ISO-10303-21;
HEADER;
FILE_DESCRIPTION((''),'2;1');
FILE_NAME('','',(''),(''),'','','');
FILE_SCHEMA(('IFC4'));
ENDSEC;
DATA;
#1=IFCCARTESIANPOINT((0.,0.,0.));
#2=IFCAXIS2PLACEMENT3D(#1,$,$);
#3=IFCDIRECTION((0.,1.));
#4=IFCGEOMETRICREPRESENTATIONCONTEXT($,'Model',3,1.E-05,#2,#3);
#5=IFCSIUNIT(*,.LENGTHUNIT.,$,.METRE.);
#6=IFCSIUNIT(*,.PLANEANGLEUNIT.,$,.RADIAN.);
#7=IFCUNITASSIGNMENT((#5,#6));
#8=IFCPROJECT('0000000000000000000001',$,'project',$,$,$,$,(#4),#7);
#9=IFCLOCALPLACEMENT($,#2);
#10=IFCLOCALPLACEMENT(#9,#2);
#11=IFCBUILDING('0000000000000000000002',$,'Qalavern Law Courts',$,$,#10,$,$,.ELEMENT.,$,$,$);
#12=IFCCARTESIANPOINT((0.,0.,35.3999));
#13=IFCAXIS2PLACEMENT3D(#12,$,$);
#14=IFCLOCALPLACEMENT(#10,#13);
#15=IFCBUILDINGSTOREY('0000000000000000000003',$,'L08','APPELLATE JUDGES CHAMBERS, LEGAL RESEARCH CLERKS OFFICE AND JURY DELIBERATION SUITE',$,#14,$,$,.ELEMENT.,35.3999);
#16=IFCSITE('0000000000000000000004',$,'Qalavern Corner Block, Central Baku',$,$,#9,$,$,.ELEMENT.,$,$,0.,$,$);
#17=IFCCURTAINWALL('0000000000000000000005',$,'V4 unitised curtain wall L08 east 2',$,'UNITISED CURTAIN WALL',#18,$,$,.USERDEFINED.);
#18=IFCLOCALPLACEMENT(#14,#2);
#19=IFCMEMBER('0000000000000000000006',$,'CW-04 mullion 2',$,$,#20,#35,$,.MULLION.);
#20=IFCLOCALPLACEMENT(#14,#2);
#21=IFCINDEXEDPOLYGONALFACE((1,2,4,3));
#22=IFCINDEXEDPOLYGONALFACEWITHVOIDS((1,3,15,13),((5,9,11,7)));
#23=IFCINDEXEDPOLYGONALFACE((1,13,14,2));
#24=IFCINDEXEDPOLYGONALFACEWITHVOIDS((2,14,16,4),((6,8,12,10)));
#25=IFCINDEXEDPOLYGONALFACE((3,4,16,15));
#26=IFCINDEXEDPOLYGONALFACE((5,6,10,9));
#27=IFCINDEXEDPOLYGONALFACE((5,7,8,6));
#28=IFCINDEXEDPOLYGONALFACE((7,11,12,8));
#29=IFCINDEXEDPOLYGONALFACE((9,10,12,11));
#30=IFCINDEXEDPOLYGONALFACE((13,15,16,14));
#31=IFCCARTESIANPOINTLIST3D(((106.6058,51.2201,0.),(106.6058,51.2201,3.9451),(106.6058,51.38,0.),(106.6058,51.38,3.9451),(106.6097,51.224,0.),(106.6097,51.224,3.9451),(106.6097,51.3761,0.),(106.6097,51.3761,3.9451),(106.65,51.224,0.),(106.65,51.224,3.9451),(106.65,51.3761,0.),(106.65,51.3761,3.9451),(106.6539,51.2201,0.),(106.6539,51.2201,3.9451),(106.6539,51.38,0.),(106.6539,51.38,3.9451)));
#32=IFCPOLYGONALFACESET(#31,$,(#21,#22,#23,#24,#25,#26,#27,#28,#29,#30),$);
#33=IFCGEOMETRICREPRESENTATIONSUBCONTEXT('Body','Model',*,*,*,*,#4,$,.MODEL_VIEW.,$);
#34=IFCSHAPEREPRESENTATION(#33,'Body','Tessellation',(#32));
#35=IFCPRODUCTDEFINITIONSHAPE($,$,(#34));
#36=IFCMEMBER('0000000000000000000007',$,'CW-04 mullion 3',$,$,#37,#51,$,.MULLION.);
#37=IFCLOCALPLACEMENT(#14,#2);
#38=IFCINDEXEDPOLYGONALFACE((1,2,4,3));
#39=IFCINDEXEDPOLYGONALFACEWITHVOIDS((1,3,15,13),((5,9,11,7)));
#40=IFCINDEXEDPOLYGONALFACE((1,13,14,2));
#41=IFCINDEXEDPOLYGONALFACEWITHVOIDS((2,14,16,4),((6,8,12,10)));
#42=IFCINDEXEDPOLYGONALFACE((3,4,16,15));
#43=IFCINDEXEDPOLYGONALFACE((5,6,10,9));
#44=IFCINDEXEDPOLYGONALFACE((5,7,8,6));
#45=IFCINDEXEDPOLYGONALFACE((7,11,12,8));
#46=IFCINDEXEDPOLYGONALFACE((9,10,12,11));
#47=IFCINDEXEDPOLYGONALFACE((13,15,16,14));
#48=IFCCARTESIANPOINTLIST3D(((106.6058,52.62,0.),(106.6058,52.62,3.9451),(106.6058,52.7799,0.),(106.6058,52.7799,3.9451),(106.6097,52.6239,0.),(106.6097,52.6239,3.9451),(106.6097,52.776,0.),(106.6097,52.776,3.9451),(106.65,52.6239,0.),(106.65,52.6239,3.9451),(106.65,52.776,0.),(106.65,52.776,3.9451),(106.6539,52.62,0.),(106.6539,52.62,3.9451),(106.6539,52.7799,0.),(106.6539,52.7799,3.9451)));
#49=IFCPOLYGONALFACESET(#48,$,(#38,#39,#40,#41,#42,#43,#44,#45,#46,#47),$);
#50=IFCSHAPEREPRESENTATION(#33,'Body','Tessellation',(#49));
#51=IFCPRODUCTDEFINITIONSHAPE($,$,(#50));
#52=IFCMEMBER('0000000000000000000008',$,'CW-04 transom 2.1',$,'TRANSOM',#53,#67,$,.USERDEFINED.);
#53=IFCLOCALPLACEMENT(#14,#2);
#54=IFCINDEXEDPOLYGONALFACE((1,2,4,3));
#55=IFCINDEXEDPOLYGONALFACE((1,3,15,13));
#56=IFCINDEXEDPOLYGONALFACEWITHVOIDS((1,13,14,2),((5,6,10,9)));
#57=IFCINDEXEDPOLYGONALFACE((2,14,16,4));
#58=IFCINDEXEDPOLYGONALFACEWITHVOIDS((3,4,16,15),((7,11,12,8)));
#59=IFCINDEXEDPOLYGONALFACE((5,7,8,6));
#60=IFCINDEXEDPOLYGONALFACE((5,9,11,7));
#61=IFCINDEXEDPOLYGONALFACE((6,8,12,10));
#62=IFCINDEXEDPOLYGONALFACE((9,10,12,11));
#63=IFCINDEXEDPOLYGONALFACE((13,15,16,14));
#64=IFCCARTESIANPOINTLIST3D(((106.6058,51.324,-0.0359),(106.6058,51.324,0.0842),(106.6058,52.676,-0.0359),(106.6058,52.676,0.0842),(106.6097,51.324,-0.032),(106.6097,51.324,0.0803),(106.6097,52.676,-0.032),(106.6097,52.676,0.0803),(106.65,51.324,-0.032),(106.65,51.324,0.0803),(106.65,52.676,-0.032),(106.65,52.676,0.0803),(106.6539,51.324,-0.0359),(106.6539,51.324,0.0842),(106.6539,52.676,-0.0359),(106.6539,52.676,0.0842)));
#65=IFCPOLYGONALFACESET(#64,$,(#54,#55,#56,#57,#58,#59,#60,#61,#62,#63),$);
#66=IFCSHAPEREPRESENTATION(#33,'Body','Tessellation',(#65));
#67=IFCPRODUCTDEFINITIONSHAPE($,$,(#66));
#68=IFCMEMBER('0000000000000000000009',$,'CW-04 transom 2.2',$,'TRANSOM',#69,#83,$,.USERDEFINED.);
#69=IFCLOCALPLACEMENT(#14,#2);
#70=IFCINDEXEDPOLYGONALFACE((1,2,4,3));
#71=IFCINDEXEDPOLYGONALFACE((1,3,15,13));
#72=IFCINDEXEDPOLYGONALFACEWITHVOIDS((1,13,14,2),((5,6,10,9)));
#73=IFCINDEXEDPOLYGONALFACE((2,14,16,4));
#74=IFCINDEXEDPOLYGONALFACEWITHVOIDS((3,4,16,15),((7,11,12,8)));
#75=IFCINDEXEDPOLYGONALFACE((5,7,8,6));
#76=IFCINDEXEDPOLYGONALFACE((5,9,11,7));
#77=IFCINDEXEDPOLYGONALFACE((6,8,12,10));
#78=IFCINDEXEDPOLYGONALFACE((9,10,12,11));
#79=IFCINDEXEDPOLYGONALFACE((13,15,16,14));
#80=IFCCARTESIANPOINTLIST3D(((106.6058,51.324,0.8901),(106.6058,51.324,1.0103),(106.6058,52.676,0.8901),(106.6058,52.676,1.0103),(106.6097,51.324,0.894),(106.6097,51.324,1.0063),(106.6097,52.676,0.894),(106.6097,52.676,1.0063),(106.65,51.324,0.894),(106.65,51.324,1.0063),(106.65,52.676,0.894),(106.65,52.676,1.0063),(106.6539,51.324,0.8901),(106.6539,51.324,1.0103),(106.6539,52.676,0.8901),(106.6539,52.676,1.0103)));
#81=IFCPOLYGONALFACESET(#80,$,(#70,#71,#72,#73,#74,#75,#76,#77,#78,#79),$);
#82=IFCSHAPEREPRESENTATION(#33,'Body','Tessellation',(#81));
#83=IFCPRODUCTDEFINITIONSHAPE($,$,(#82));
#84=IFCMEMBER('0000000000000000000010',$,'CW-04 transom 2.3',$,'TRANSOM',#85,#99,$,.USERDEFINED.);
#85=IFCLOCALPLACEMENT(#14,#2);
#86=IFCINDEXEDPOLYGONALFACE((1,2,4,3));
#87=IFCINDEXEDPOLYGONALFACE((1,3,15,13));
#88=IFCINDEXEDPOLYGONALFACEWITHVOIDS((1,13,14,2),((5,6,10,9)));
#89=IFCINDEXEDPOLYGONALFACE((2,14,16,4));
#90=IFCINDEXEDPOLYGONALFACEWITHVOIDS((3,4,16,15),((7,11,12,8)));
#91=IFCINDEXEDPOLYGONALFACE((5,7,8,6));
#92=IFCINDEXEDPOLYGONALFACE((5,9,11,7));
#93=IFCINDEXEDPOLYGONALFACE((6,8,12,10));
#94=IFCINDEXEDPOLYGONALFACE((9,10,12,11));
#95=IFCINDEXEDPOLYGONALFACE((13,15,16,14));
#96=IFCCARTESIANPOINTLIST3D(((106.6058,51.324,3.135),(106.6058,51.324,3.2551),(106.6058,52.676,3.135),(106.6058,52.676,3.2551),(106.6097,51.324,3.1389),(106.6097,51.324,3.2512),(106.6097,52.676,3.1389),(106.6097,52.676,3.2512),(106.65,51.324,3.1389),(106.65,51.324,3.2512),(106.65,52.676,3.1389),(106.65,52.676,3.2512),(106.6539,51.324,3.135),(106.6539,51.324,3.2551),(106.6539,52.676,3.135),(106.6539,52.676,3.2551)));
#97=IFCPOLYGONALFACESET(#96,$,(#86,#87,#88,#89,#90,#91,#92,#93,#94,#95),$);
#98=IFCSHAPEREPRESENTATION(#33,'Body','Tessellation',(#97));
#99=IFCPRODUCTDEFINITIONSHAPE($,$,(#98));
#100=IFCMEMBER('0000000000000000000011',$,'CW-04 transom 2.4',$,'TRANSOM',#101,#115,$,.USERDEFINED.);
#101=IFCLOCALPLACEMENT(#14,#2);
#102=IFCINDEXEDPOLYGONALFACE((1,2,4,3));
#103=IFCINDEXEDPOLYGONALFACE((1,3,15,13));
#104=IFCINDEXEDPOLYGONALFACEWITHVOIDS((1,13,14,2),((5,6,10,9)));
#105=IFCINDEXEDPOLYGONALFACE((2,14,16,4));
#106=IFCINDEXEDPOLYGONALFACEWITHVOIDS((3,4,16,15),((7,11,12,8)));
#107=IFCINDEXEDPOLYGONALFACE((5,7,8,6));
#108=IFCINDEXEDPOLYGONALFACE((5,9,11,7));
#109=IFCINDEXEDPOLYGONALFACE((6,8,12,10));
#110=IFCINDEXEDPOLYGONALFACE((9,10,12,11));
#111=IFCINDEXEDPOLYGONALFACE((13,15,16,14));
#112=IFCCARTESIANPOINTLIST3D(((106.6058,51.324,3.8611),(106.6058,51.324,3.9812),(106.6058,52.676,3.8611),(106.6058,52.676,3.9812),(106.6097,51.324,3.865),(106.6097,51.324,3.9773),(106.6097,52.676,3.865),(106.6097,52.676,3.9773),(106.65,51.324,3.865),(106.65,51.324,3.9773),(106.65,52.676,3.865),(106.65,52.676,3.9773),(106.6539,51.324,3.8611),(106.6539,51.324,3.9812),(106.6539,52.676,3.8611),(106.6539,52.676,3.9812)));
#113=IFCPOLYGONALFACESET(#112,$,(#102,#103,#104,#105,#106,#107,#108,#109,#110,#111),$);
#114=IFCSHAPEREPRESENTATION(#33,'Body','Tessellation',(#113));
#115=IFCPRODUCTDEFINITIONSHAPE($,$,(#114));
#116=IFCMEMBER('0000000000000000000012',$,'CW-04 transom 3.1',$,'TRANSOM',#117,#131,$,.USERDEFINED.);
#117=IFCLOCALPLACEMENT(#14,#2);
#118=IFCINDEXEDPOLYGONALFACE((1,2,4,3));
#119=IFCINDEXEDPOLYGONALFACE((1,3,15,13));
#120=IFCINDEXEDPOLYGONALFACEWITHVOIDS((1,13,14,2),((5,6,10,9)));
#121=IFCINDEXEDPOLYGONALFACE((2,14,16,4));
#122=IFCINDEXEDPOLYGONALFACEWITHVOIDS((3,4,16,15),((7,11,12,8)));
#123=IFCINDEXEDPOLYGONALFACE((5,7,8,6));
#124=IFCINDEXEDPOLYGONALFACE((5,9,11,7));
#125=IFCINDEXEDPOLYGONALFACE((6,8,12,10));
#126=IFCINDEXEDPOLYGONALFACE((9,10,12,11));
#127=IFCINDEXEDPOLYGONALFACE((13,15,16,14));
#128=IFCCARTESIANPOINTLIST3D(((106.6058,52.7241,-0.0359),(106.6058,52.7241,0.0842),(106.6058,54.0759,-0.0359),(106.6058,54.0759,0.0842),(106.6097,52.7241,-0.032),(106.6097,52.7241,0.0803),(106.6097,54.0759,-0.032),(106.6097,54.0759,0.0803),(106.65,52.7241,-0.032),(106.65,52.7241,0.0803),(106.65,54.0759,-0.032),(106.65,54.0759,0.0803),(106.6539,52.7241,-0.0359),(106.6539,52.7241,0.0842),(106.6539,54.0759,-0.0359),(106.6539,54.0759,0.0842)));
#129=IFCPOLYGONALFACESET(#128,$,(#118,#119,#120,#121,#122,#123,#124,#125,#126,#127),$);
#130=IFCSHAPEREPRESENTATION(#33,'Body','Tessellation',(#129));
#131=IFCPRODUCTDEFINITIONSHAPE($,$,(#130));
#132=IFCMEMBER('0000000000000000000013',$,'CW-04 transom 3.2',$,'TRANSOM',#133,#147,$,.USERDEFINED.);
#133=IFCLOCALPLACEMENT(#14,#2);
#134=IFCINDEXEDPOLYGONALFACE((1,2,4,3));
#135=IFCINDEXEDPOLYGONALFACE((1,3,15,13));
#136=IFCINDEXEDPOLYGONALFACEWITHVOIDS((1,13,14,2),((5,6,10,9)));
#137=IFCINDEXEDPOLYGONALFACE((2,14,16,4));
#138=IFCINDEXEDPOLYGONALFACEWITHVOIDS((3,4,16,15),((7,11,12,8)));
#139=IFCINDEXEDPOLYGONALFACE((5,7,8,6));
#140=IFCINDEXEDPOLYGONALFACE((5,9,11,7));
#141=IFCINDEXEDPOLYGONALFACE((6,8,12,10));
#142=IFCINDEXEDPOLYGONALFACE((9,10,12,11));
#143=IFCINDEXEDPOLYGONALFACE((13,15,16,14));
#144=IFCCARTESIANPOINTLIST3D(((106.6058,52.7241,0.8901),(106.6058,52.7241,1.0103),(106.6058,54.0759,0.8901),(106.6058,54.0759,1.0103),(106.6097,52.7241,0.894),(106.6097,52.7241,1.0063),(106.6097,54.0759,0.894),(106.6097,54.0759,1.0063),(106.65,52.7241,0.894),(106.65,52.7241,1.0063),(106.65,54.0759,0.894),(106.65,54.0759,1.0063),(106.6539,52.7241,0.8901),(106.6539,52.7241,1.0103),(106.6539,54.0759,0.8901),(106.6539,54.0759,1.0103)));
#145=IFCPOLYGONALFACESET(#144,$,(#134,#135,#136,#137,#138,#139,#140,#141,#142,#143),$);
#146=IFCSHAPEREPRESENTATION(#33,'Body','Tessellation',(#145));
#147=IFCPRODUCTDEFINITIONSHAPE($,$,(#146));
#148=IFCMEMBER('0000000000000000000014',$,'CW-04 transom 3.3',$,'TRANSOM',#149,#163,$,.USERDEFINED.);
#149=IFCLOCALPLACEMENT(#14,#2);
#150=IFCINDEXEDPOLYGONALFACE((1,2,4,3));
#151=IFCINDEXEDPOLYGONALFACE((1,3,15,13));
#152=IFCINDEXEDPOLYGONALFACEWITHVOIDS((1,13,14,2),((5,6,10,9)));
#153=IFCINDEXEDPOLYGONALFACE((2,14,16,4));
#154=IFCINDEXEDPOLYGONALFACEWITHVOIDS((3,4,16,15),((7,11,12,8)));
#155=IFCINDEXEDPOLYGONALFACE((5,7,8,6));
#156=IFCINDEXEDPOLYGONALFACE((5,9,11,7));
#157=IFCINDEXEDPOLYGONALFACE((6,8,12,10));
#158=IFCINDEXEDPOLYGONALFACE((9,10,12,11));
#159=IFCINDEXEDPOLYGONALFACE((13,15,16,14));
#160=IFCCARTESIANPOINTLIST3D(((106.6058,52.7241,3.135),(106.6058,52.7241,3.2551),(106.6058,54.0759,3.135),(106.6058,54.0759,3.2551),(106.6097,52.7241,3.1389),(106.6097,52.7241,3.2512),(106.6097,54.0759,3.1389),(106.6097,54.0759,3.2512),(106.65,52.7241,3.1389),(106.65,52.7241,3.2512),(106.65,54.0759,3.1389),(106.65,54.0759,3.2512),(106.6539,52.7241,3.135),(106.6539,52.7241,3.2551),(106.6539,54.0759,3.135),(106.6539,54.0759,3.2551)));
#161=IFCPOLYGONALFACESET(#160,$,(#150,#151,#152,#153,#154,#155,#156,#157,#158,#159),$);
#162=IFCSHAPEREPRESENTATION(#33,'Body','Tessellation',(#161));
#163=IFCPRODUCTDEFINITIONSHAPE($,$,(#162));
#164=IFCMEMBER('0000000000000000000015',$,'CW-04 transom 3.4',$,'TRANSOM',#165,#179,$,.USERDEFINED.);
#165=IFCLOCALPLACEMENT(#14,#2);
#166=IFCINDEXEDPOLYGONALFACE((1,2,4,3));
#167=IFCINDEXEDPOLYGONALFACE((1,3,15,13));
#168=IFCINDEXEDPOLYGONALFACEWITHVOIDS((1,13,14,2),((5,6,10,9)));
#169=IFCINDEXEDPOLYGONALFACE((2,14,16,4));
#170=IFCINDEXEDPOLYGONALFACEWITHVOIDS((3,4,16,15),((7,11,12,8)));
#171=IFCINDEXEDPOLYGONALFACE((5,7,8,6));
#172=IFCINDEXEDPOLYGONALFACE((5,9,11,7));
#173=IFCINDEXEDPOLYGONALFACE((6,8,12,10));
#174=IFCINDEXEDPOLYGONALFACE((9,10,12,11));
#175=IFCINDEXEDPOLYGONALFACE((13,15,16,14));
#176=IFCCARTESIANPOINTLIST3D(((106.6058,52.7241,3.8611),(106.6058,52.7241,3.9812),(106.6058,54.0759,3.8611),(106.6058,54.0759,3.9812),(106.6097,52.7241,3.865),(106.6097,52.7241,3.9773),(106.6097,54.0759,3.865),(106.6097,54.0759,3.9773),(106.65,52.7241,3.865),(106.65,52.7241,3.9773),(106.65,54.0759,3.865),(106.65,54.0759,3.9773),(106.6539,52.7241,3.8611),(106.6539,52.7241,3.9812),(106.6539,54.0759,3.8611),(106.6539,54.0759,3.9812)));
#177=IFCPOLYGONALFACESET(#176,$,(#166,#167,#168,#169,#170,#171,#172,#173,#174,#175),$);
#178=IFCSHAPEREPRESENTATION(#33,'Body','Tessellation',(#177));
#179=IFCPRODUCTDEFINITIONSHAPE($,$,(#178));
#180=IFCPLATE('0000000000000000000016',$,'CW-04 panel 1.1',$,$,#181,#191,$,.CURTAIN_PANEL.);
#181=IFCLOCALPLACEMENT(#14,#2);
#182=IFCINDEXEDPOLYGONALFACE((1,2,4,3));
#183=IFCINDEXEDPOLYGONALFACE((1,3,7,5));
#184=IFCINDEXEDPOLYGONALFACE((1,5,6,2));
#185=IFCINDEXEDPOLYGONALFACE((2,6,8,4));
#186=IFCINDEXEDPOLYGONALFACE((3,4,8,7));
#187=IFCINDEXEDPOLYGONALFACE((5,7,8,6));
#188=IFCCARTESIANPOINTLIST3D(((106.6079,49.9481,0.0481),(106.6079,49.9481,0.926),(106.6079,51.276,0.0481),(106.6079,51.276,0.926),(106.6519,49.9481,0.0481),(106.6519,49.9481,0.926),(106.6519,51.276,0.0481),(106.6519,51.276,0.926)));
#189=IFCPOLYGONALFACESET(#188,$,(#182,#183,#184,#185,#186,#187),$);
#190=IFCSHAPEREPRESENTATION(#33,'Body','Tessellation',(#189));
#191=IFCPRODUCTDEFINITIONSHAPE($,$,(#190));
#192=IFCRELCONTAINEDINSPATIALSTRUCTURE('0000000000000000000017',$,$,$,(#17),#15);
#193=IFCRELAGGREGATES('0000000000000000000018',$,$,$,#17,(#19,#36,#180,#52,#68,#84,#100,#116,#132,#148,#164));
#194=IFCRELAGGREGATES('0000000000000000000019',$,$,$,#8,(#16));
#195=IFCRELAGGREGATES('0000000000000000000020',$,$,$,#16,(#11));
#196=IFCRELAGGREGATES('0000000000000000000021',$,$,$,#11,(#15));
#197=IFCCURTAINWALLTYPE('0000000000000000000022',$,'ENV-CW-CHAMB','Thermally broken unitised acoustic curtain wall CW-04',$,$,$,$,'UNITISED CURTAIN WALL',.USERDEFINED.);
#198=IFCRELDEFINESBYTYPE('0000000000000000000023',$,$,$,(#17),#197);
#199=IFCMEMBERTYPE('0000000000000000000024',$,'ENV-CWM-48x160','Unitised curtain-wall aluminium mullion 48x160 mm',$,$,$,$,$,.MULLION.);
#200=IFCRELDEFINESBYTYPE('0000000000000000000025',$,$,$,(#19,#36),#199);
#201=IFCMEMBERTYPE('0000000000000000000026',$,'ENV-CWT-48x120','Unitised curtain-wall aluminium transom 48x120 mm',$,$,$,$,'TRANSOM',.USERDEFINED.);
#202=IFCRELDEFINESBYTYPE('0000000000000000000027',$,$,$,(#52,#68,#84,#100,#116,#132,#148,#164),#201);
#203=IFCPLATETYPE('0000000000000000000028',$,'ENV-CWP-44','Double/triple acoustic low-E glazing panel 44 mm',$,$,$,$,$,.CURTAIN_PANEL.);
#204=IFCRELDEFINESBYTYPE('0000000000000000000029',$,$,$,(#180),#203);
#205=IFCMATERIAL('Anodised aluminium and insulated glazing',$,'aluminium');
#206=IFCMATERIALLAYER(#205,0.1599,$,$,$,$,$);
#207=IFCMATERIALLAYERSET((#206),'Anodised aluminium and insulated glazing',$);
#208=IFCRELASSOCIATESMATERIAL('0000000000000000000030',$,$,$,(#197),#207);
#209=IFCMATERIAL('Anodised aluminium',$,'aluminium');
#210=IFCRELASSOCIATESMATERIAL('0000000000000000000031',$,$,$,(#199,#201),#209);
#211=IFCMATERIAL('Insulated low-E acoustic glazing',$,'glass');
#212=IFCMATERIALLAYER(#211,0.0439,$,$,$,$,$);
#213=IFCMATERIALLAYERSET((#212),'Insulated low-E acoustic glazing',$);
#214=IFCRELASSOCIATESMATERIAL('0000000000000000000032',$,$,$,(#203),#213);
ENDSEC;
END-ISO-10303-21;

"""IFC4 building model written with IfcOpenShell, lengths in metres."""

from ifc_helpers import new_model, si_unit, direction, frame, origin, origin_2d, place, context, subcontext, project, spatial, rectangle, hollow_rectangle, extrude, material, layer, layer_set, material_profile, profile_set, type_object, element, aggregate, save


model = new_model("IFC4")

# Units and contexts
model_context = context("Model", 3, precision=1e-05, world=origin(), true_north=direction((0.0, 1.0)))
body_context = subcontext(model_context, "Body", "Model", "MODEL_VIEW")
ifc_project = project(units=[si_unit("LENGTHUNIT", "METRE"), si_unit("PLANEANGLEUNIT", "RADIAN")], contexts=[model_context])

# Site, building, storey
site_placement = place(None, origin())
site = spatial("IfcSite", under=ifc_project, at=site_placement, Name="Qalavern Corner Block, Central Baku", CompositionType="ELEMENT", RefElevation=0.0)
building_placement = place(site_placement, origin())
building = spatial("IfcBuilding", under=site, at=building_placement, Name="Qalavern Law Courts", CompositionType="ELEMENT")
storey_placement = place(building_placement, frame((0.0, 0.0, 35.3999)))
storey = spatial("IfcBuildingStorey", under=building, at=storey_placement, Name="L08", Description="APPELLATE JUDGES CHAMBERS, LEGAL RESEARCH CLERKS OFFICE AND JURY DELIBERATION SUITE", CompositionType="ELEMENT", Elevation=35.3999)

# Curtain wall, members, plate
ifc_material_1 = material(Name="Anodised aluminium and insulated glazing", Category="aluminium")
ifc_layer_1 = layer(ifc_material_1, 0.1599)
ifc_layer_set_1 = layer_set([ifc_layer_1], Name="Anodised aluminium and insulated glazing")
curtain_wall_type = type_object("IfcCurtainWallType", Name="ENV-CW-CHAMB", Description="Thermally broken unitised acoustic curtain wall CW-04", ElementType="UNITISED CURTAIN WALL", PredefinedType="USERDEFINED", material=ifc_layer_set_1)
curtain_wall_placement = place(storey_placement, origin())
curtain_wall = element("IfcCurtainWall", 1, at=curtain_wall_placement, inside=storey, type_object=curtain_wall_type, Name="V4 unitised curtain wall L08 east 2", ObjectType="UNITISED CURTAIN WALL", PredefinedType="USERDEFINED")
ifc_material_2 = material(Name="Anodised aluminium", Category="aluminium")
ifc_material_profile_1 = material_profile(ifc_material_2, hollow_rectangle(XDim=0.0481, YDim=0.1599, WallThickness=0.0039, at=origin_2d()), Name="ALU MULLION 48x160")
ifc_profile_set_1 = profile_set([ifc_material_profile_1], Name="Anodised aluminium")
member_type_1 = type_object("IfcMemberType", Name="ENV-CWM-48x160", Description="Unitised curtain-wall aluminium mullion 48x160 mm", PredefinedType="MULLION", material=ifc_profile_set_1)
member_1_placement = place(storey_placement, frame((106.6299, 51.3, 0.0), z_axis=(0.0, 0.0, 1.0), x_axis=(-1.0, 0.0, 0.0)))
member_1 = element("IfcMember", 2, at=member_1_placement, type_object=member_type_1, Name="CW-04 mullion 2", PredefinedType="MULLION", context=body_context, shape_type="SweptSolid", body=[
    extrude(hollow_rectangle(XDim=0.0481, YDim=0.1599, WallThickness=0.0039, at=origin_2d()), origin(), (0.0, 0.0, 1.0), 3.9451),
])
member_2_placement = place(storey_placement, frame((106.6299, 52.7, 0.0), z_axis=(0.0, 0.0, 1.0), x_axis=(-1.0, 0.0, 0.0)))
member_2 = element("IfcMember", 3, at=member_2_placement, type_object=member_type_1, Name="CW-04 mullion 3", PredefinedType="MULLION", context=body_context, shape_type="SweptSolid", body=[
    extrude(hollow_rectangle(XDim=0.0481, YDim=0.1599, WallThickness=0.0039, at=origin_2d()), origin(), (0.0, 0.0, 1.0), 3.9451),
])
ifc_material_profile_2 = material_profile(ifc_material_2, hollow_rectangle(XDim=0.0481, YDim=0.1201, WallThickness=0.0039, at=origin_2d()), Name="ALU TRANSOM 48x120")
ifc_profile_set_2 = profile_set([ifc_material_profile_2], Name="Anodised aluminium")
member_type_2 = type_object("IfcMemberType", Name="ENV-CWT-48x120", Description="Unitised curtain-wall aluminium transom 48x120 mm", ElementType="TRANSOM", PredefinedType="USERDEFINED", material=ifc_profile_set_2)
member_3_placement = place(storey_placement, frame((106.6299, 51.324, 0.0242), z_axis=(0.0, 1.0, 0.0), x_axis=(-1.0, 0.0, 0.0)))
member_3 = element("IfcMember", 4, at=member_3_placement, type_object=member_type_2, Name="CW-04 transom 2.1", ObjectType="TRANSOM", PredefinedType="USERDEFINED", context=body_context, shape_type="SweptSolid", body=[
    extrude(hollow_rectangle(XDim=0.0481, YDim=0.1201, WallThickness=0.0039, at=origin_2d()), origin(), (0.0, 0.0, 1.0), 1.3521),
])
member_4_placement = place(storey_placement, frame((106.6299, 51.324, 0.9502), z_axis=(0.0, 1.0, 0.0), x_axis=(-1.0, 0.0, 0.0)))
member_4 = element("IfcMember", 5, at=member_4_placement, type_object=member_type_2, Name="CW-04 transom 2.2", ObjectType="TRANSOM", PredefinedType="USERDEFINED", context=body_context, shape_type="SweptSolid", body=[
    extrude(hollow_rectangle(XDim=0.0481, YDim=0.1201, WallThickness=0.0039, at=origin_2d()), origin(), (0.0, 0.0, 1.0), 1.3521),
])
member_5_placement = place(storey_placement, frame((106.6299, 51.324, 3.1951), z_axis=(0.0, 1.0, 0.0), x_axis=(-1.0, 0.0, 0.0)))
member_5 = element("IfcMember", 6, at=member_5_placement, type_object=member_type_2, Name="CW-04 transom 2.3", ObjectType="TRANSOM", PredefinedType="USERDEFINED", context=body_context, shape_type="SweptSolid", body=[
    extrude(hollow_rectangle(XDim=0.0481, YDim=0.1201, WallThickness=0.0039, at=origin_2d()), origin(), (0.0, 0.0, 1.0), 1.3521),
])
member_6_placement = place(storey_placement, frame((106.6299, 51.324, 3.9211), z_axis=(0.0, 1.0, 0.0), x_axis=(-1.0, 0.0, 0.0)))
member_6 = element("IfcMember", 7, at=member_6_placement, type_object=member_type_2, Name="CW-04 transom 2.4", ObjectType="TRANSOM", PredefinedType="USERDEFINED", context=body_context, shape_type="SweptSolid", body=[
    extrude(hollow_rectangle(XDim=0.0481, YDim=0.1201, WallThickness=0.0039, at=origin_2d()), origin(), (0.0, 0.0, 1.0), 1.3521),
])
member_7_placement = place(storey_placement, frame((106.6299, 52.7241, 0.0242), z_axis=(0.0, 1.0, 0.0), x_axis=(-1.0, 0.0, 0.0)))
member_7 = element("IfcMember", 8, at=member_7_placement, type_object=member_type_2, Name="CW-04 transom 3.1", ObjectType="TRANSOM", PredefinedType="USERDEFINED", context=body_context, shape_type="SweptSolid", body=[
    extrude(hollow_rectangle(XDim=0.0481, YDim=0.1201, WallThickness=0.0039, at=origin_2d()), origin(), (0.0, 0.0, 1.0), 1.3518),
])
member_8_placement = place(storey_placement, frame((106.6299, 52.7241, 0.9502), z_axis=(0.0, 1.0, 0.0), x_axis=(-1.0, 0.0, 0.0)))
member_8 = element("IfcMember", 9, at=member_8_placement, type_object=member_type_2, Name="CW-04 transom 3.2", ObjectType="TRANSOM", PredefinedType="USERDEFINED", context=body_context, shape_type="SweptSolid", body=[
    extrude(hollow_rectangle(XDim=0.0481, YDim=0.1201, WallThickness=0.0039, at=origin_2d()), origin(), (0.0, 0.0, 1.0), 1.3518),
])
member_9_placement = place(storey_placement, frame((106.6299, 52.7241, 3.1951), z_axis=(0.0, 1.0, 0.0), x_axis=(-1.0, 0.0, 0.0)))
member_9 = element("IfcMember", 10, at=member_9_placement, type_object=member_type_2, Name="CW-04 transom 3.3", ObjectType="TRANSOM", PredefinedType="USERDEFINED", context=body_context, shape_type="SweptSolid", body=[
    extrude(hollow_rectangle(XDim=0.0481, YDim=0.1201, WallThickness=0.0039, at=origin_2d()), origin(), (0.0, 0.0, 1.0), 1.3518),
])
member_10_placement = place(storey_placement, frame((106.6299, 52.7241, 3.9211), z_axis=(0.0, 1.0, 0.0), x_axis=(-1.0, 0.0, 0.0)))
member_10 = element("IfcMember", 11, at=member_10_placement, type_object=member_type_2, Name="CW-04 transom 3.4", ObjectType="TRANSOM", PredefinedType="USERDEFINED", context=body_context, shape_type="SweptSolid", body=[
    extrude(hollow_rectangle(XDim=0.0481, YDim=0.1201, WallThickness=0.0039, at=origin_2d()), origin(), (0.0, 0.0, 1.0), 1.3518),
])
ifc_material_3 = material(Name="Insulated low-E acoustic glazing", Category="glass")
ifc_layer_2 = layer(ifc_material_3, 0.0439)
ifc_layer_set_2 = layer_set([ifc_layer_2], Name="Insulated low-E acoustic glazing")
plate_type = type_object("IfcPlateType", Name="ENV-CWP-44", Description="Double/triple acoustic low-E glazing panel 44 mm", PredefinedType="CURTAIN_PANEL", material=ifc_layer_set_2)
plate_1_placement = place(storey_placement, frame((106.6299, 50.6121, 0.0481), z_axis=(0.0, 0.0, 1.0), x_axis=(0.0, 1.0, 0.0)))
plate_1 = element("IfcPlate", 12, at=plate_1_placement, type_object=plate_type, Name="CW-04 panel 1.1", PredefinedType="CURTAIN_PANEL", context=body_context, shape_type="SweptSolid", body=[
    extrude(rectangle(XDim=1.3279, YDim=0.0439, at=origin_2d()), origin(), (0.0, 0.0, 1.0), 0.8779),
])
aggregate(curtain_wall, [member_1, member_2, plate_1, member_3, member_4, member_5, member_6, member_7, member_8, member_9, member_10])

save(model, "model.ifc")
